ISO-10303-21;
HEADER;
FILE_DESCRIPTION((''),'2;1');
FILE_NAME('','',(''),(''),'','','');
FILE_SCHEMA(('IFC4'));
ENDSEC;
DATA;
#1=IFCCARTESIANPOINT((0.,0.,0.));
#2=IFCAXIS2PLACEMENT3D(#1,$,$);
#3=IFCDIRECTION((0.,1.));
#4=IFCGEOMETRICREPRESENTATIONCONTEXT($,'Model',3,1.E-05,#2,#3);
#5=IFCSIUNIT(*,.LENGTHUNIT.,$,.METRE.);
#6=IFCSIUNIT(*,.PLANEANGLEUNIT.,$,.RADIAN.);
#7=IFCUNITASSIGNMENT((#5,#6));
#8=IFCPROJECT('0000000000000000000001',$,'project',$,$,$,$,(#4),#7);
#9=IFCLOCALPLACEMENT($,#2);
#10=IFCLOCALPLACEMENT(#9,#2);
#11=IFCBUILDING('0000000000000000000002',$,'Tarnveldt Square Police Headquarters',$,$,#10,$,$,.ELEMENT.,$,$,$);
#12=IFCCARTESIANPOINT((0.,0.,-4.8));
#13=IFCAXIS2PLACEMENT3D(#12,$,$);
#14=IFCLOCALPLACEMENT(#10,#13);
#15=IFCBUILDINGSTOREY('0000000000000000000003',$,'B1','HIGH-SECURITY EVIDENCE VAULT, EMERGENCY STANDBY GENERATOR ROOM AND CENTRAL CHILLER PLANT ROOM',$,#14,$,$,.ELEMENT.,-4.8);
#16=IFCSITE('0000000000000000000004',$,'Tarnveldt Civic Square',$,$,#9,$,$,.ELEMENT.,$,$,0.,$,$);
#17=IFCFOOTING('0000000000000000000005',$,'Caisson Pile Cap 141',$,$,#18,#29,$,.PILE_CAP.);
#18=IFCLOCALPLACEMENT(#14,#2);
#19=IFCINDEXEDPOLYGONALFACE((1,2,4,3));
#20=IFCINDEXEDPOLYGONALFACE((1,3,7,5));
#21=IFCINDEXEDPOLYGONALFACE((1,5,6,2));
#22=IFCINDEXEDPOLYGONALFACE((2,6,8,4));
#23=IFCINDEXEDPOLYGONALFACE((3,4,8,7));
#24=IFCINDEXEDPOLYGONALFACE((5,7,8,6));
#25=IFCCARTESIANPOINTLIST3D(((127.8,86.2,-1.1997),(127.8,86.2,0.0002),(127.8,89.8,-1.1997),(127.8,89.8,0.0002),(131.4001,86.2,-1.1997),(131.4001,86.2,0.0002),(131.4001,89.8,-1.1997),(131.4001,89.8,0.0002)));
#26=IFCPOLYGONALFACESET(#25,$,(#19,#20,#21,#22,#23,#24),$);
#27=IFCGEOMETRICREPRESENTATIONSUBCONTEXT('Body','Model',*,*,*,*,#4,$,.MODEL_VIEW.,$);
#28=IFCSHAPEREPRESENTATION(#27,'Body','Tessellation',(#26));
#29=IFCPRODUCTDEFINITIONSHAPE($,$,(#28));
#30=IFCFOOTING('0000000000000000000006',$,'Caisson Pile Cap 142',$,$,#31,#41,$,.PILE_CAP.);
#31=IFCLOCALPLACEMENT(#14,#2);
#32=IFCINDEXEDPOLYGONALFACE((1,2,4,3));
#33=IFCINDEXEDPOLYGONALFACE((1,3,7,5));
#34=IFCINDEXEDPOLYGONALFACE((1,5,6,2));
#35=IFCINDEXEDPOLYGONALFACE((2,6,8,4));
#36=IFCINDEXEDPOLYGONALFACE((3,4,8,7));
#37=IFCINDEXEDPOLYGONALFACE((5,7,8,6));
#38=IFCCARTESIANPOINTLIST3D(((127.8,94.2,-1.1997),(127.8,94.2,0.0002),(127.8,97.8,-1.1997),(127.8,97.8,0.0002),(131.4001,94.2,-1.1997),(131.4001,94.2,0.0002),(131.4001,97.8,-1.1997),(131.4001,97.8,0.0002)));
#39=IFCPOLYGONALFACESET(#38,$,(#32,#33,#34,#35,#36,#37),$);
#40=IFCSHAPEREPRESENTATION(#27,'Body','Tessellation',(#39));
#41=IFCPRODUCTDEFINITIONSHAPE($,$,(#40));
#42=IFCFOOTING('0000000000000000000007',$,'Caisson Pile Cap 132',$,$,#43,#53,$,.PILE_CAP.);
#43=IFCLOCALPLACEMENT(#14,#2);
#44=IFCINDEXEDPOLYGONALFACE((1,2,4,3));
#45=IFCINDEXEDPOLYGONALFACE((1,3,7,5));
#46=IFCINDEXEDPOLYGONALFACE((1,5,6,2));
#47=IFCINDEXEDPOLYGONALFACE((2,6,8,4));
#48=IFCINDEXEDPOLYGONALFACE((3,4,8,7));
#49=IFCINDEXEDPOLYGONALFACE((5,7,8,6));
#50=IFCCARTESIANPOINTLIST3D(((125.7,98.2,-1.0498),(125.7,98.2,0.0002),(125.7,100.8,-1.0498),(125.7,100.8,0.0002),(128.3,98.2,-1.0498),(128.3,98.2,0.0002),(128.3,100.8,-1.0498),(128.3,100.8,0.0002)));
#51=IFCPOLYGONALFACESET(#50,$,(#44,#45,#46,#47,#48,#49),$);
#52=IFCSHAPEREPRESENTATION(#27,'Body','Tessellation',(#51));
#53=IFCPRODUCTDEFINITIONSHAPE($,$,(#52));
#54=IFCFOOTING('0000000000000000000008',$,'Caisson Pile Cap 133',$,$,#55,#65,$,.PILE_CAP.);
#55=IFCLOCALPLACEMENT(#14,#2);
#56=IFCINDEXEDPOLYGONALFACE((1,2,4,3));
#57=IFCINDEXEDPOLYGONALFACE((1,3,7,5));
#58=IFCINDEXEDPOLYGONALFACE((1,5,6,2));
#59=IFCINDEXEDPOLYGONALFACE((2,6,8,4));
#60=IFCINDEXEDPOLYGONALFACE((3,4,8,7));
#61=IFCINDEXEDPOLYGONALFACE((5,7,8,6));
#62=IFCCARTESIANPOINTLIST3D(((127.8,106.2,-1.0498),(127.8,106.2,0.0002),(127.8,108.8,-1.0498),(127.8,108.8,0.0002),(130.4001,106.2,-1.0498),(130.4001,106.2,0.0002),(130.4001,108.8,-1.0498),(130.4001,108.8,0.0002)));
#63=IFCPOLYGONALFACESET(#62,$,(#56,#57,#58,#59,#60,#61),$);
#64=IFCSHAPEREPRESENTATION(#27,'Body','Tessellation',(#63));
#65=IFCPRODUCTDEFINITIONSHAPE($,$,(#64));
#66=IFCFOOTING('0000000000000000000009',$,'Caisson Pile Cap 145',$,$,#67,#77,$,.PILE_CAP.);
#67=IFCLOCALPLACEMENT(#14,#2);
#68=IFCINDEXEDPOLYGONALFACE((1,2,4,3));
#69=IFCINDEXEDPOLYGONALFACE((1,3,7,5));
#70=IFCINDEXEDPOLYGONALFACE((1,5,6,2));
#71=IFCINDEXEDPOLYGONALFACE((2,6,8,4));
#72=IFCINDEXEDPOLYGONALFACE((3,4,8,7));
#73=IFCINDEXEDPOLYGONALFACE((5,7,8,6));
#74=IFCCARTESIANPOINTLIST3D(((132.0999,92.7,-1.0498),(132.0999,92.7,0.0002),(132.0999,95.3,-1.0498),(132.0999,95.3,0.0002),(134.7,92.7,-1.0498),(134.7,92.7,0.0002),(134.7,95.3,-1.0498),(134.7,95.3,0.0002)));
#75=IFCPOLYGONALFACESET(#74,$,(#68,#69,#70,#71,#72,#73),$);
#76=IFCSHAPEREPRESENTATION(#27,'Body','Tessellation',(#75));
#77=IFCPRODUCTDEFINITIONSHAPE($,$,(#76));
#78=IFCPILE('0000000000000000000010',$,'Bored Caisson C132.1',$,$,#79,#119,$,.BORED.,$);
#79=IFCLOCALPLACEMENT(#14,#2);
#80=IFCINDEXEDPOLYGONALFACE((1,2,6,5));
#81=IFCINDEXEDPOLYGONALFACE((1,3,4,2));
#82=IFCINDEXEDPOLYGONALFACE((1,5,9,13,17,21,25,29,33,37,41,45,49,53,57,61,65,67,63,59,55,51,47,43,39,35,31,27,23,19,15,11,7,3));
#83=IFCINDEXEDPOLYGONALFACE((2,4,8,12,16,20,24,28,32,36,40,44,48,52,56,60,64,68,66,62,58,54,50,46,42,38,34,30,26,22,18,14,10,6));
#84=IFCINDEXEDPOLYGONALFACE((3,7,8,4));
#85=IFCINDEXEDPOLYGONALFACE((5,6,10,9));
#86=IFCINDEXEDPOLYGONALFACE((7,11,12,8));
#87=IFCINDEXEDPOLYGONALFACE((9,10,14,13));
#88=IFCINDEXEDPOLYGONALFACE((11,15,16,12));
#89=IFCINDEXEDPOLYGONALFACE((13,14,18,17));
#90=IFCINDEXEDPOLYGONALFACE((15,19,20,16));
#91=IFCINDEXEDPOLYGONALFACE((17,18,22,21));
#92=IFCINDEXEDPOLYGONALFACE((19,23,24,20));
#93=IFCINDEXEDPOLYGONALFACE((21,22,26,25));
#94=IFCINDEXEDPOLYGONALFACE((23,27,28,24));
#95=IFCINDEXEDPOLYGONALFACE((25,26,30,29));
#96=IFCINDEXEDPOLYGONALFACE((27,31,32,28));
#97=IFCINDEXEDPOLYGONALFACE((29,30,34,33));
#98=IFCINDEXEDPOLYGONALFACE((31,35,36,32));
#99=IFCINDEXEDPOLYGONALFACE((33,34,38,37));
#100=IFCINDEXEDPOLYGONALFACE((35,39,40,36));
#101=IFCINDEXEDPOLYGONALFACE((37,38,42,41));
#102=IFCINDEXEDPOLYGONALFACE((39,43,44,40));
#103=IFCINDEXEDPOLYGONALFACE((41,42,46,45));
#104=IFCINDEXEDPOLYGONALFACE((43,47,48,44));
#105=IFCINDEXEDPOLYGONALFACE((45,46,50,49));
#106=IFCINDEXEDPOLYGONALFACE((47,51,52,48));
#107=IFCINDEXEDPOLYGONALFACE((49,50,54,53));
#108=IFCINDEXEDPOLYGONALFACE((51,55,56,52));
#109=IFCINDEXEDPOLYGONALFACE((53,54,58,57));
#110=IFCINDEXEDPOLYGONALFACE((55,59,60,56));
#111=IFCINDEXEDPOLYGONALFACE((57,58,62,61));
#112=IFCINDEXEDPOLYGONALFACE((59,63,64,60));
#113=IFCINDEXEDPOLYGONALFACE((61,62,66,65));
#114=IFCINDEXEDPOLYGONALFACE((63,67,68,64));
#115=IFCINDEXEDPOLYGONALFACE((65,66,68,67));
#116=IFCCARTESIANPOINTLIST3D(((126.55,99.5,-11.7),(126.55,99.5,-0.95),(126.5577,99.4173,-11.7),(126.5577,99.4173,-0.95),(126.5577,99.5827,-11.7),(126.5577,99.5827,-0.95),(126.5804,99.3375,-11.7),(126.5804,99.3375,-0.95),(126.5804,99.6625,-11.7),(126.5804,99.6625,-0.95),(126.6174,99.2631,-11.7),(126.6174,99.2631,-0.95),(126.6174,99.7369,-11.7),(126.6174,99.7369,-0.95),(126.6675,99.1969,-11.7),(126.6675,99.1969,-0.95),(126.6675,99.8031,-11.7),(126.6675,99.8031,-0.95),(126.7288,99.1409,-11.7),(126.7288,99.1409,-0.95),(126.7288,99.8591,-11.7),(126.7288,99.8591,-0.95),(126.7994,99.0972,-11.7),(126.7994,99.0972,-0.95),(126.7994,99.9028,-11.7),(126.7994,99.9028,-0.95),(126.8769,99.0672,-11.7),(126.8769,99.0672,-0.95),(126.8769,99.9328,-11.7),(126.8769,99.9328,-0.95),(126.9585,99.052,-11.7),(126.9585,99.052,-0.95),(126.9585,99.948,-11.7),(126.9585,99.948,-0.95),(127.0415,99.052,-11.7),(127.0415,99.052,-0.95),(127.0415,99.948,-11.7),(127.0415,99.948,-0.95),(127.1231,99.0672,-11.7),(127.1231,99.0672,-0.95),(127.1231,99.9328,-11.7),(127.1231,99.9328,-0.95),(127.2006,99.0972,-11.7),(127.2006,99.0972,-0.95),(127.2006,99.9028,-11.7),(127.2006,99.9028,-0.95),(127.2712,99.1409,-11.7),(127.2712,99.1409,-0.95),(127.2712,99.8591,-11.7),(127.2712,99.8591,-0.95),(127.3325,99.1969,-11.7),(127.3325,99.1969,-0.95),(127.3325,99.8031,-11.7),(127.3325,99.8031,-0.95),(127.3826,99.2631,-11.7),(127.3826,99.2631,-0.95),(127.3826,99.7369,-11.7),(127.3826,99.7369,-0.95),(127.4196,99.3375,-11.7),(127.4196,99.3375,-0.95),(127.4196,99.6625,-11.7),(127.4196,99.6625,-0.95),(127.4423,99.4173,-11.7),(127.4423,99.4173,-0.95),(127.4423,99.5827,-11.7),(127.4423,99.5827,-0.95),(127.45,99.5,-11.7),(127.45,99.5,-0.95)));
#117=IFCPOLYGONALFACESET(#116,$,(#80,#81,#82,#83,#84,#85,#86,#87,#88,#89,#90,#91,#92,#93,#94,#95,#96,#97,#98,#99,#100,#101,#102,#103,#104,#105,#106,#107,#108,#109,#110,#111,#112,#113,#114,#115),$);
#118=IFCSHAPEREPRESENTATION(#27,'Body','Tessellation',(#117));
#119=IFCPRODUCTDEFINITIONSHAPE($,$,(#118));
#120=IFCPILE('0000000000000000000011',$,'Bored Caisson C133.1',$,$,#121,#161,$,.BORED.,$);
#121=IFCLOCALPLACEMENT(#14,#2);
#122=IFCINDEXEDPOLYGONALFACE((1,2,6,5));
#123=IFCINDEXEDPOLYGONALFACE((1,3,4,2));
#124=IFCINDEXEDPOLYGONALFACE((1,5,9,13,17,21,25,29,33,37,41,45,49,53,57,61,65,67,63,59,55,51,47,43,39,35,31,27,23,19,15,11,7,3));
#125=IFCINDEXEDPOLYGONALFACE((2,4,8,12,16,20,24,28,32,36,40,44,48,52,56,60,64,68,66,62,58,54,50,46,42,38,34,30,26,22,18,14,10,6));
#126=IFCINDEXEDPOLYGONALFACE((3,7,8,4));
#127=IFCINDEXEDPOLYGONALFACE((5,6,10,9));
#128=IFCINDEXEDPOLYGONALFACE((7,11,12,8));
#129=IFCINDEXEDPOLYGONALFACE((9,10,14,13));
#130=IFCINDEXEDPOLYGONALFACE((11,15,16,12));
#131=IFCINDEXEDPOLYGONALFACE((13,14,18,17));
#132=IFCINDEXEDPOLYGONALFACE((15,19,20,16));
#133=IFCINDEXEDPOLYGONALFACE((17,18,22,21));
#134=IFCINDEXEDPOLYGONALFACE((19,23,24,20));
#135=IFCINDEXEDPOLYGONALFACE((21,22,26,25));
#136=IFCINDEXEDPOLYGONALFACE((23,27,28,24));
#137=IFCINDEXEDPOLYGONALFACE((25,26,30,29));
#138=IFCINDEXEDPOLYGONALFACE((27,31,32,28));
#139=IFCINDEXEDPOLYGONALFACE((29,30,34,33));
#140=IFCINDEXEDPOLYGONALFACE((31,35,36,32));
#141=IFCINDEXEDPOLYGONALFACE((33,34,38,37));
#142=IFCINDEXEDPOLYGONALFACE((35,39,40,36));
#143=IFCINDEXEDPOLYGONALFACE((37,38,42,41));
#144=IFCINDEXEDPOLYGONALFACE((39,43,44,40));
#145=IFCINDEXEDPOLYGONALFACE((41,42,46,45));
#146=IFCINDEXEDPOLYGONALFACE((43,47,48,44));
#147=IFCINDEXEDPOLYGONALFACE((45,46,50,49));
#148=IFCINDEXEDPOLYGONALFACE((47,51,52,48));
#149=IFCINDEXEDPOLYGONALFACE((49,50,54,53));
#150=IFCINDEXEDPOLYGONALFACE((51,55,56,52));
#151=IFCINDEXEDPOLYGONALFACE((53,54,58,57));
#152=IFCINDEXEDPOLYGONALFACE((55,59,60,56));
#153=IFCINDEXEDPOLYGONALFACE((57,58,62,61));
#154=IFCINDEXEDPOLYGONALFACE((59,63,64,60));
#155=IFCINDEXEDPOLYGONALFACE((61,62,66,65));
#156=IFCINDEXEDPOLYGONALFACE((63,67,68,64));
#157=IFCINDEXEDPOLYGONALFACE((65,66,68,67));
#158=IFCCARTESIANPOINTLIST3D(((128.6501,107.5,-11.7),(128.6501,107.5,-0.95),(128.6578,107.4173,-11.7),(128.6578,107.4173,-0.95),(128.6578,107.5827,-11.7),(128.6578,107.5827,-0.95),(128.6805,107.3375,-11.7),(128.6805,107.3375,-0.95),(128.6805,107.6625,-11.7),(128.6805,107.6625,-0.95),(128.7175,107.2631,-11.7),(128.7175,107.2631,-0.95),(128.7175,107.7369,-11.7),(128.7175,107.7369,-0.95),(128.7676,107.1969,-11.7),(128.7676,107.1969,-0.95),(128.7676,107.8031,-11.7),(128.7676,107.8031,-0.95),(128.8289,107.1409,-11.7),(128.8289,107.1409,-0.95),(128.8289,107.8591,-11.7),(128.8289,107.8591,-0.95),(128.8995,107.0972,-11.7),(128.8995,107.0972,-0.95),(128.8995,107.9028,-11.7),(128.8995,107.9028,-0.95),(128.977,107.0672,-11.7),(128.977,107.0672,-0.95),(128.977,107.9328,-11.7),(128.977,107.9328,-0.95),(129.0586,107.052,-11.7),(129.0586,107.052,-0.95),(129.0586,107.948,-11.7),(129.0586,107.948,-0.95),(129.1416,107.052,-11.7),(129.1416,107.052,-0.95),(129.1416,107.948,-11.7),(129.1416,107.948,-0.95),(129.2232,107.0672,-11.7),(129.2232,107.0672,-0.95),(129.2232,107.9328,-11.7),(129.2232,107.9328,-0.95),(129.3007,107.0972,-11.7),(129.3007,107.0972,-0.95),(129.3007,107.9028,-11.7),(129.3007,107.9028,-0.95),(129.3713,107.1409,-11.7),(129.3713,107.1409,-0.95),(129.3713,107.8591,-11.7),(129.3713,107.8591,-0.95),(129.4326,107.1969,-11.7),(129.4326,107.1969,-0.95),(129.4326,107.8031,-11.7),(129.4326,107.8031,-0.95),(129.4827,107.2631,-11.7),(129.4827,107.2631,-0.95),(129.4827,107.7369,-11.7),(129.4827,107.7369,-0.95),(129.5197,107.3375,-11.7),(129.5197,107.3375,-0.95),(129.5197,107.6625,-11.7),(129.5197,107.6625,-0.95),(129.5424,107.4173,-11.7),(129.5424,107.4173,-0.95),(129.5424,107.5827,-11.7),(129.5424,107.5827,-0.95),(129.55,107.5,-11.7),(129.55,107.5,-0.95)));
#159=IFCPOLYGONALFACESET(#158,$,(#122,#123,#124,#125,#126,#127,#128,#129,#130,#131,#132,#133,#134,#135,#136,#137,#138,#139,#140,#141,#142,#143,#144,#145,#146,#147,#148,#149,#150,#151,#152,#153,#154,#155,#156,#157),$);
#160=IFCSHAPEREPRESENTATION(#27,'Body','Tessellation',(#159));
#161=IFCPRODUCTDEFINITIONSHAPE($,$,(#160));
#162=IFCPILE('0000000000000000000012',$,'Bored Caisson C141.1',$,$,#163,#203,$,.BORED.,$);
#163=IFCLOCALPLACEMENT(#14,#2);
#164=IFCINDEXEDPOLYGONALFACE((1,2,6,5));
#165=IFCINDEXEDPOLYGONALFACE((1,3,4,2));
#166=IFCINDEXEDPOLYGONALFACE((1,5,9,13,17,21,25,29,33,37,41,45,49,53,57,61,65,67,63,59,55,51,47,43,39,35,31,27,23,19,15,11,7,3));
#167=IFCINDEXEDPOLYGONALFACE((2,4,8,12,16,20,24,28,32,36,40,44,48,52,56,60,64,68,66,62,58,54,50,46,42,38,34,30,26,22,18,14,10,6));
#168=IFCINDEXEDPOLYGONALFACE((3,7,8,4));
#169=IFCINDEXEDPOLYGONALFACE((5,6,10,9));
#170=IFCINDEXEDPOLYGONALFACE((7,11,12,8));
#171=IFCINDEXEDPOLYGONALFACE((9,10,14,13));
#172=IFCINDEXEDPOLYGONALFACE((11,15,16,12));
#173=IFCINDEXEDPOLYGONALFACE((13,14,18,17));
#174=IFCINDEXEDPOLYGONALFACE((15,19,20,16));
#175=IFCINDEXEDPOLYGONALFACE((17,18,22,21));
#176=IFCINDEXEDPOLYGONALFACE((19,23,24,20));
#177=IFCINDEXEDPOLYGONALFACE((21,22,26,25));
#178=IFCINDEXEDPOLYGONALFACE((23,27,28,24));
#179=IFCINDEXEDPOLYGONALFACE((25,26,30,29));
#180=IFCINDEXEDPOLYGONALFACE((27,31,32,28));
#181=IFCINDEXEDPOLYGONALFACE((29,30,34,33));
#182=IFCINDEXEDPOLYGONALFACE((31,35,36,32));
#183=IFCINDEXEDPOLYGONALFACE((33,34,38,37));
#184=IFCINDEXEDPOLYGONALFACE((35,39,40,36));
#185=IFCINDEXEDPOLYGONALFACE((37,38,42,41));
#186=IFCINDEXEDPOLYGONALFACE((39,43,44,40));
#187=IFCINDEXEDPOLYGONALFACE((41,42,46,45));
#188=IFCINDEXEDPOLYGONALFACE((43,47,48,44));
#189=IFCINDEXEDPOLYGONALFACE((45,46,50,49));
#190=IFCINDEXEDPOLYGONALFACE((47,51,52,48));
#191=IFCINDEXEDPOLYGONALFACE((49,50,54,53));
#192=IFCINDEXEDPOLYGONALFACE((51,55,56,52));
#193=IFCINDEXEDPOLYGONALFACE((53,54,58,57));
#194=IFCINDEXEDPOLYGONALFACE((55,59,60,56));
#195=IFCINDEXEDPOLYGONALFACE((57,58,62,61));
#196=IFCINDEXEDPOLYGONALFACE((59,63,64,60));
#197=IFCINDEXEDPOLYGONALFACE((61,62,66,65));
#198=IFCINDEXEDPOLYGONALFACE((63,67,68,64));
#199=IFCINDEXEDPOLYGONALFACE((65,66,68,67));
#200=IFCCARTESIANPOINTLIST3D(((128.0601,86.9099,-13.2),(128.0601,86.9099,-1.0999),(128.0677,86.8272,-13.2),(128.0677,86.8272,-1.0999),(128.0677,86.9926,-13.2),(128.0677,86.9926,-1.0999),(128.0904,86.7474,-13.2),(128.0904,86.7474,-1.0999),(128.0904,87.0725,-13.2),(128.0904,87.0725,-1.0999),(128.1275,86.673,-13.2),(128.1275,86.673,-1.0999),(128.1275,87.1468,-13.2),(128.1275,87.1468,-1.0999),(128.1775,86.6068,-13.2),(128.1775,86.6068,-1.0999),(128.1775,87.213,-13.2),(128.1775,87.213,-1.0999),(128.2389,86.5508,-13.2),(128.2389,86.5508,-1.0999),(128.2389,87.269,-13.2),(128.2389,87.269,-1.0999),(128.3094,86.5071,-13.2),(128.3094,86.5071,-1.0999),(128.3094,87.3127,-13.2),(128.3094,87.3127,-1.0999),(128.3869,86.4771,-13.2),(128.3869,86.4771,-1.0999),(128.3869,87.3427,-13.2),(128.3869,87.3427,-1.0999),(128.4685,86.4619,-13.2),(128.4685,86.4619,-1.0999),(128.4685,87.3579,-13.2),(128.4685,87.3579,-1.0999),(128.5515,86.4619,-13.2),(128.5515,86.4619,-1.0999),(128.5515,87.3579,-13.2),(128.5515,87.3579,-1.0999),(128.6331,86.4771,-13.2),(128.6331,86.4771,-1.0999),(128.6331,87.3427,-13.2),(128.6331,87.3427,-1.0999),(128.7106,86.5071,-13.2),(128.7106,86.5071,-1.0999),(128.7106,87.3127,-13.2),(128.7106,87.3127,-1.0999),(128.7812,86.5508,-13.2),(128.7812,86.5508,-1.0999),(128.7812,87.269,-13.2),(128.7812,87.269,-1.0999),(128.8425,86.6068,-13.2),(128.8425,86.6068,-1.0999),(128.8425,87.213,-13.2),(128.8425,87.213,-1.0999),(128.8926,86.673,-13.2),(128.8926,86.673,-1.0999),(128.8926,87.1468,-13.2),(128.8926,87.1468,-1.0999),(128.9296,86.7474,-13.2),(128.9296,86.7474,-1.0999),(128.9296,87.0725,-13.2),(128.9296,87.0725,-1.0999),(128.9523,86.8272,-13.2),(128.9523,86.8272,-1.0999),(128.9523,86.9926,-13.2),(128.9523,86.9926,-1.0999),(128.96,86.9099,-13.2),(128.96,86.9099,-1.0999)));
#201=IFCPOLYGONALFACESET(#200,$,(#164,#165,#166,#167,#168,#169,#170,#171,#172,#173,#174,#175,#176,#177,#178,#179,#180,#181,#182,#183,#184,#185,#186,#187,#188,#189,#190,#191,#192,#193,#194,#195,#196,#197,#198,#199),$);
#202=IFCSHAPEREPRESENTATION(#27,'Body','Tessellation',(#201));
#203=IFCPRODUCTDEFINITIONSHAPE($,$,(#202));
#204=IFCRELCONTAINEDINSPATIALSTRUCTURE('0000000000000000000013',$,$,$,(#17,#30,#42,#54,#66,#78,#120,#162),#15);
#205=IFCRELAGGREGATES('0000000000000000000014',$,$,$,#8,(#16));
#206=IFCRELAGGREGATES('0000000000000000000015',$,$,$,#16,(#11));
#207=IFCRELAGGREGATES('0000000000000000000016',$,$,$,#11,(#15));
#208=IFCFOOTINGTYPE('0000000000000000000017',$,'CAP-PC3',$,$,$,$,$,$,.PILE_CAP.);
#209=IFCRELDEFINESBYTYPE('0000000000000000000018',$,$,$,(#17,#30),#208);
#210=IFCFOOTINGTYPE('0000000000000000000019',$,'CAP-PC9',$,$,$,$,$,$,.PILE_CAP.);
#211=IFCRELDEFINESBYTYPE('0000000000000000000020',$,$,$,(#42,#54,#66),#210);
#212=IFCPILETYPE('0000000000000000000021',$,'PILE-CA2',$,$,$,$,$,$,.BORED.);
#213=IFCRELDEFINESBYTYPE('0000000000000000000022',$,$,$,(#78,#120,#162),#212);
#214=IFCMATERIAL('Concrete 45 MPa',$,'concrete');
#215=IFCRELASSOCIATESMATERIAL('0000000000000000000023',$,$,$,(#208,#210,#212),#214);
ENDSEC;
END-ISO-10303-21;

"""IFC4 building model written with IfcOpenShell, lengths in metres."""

from ifc_helpers import new_model, si_unit, direction, frame, origin, origin_2d, place, context, subcontext, project, spatial, rectangle, circle, extrude, material, material_profile, profile_set, type_object, element, save


model = new_model("IFC4")

# Units and contexts
model_context = context("Model", 3, precision=1e-05, world=origin(), true_north=direction((0.0, 1.0)))
body_context = subcontext(model_context, "Body", "Model", "MODEL_VIEW")
ifc_project = project(units=[si_unit("LENGTHUNIT", "METRE"), si_unit("PLANEANGLEUNIT", "RADIAN")], contexts=[model_context])

# Site, building, storey
site_placement = place(None, origin())
site = spatial("IfcSite", under=ifc_project, at=site_placement, Name="Tarnveldt Civic Square", CompositionType="ELEMENT", RefElevation=0.0)
building_placement = place(site_placement, origin())
building = spatial("IfcBuilding", under=site, at=building_placement, Name="Tarnveldt Square Police Headquarters", CompositionType="ELEMENT")
storey_placement = place(building_placement, frame((0.0, 0.0, -4.8)))
storey = spatial("IfcBuildingStorey", under=building, at=storey_placement, Name="B1", Description="HIGH-SECURITY EVIDENCE VAULT, EMERGENCY STANDBY GENERATOR ROOM AND CENTRAL CHILLER PLANT ROOM", CompositionType="ELEMENT", Elevation=-4.8)

# Footings
ifc_material_1 = material(Name="Concrete 45 MPa", Category="concrete")
footing_type_1 = type_object("IfcFootingType", Name="CAP-PC3", PredefinedType="PILE_CAP", material=ifc_material_1)
for number, where, z_axis, x_axis, name in (
    (1, (129.6001, 88.0, -1.1997), (0.0, 0.0, 1.0), (1.0, 0.0, 0.0), "Caisson Pile Cap 141"),
    (2, (129.6001, 96.0, -1.1997), (0.0, 0.0, 1.0), (1.0, 0.0, 0.0), "Caisson Pile Cap 142"),
):
    element("IfcFooting", number, at=place(storey_placement, frame(where, z_axis=z_axis, x_axis=x_axis)), inside=storey, type_object=footing_type_1, Name=name, PredefinedType="PILE_CAP", context=body_context, shape_type="SweptSolid", body=[
        extrude(rectangle(XDim=3.6001, YDim=3.6001, at=origin_2d()), origin(), (0.0, 0.0, 1.0), 1.2),
    ])
footing_type_2 = type_object("IfcFootingType", Name="CAP-PC9", PredefinedType="PILE_CAP", material=ifc_material_1)
for number, where, z_axis, x_axis, name in (
    (3, (127.0, 99.5, -1.0498), (0.0, 0.0, 1.0), (1.0, 0.0, 0.0), "Caisson Pile Cap 132"),
    (4, (129.1001, 107.5, -1.0498), (0.0, 0.0, 1.0), (1.0, 0.0, 0.0), "Caisson Pile Cap 133"),
    (5, (133.3999, 94.0, -1.0498), (0.0, 0.0, 1.0), (1.0, 0.0, 0.0), "Caisson Pile Cap 145"),
):
    element("IfcFooting", number, at=place(storey_placement, frame(where, z_axis=z_axis, x_axis=x_axis)), inside=storey, type_object=footing_type_2, Name=name, PredefinedType="PILE_CAP", context=body_context, shape_type="SweptSolid", body=[
        extrude(rectangle(XDim=2.6001, YDim=2.6001, at=origin_2d()), origin(), (0.0, 0.0, 1.0), 1.05),
    ])

# Piles
ifc_material_profile_1 = material_profile(ifc_material_1, circle(Radius=0.45, at=origin_2d()), Name="CAISSON-D900")
ifc_profile_set_1 = profile_set([ifc_material_profile_1], Name="Concrete 45 MPa")
pile_type = type_object("IfcPileType", Name="PILE-CA2", PredefinedType="BORED", material=ifc_profile_set_1)
for number, where, z_axis, x_axis, name in (
    (6, (127.0, 99.5, -0.95), (0.0, 0.0, -1.0), (1.0, 0.0, 0.0), "Bored Caisson C132.1"),
    (7, (129.1001, 107.5, -0.95), (0.0, 0.0, -1.0), (1.0, 0.0, 0.0), "Bored Caisson C133.1"),
):
    element("IfcPile", number, at=place(storey_placement, frame(where, z_axis=z_axis, x_axis=x_axis)), inside=storey, type_object=pile_type, Name=name, PredefinedType="BORED", context=body_context, shape_type="SweptSolid", body=[
        extrude(circle(Radius=0.45, at=origin_2d()), origin(), (0.0, 0.0, 1.0), 10.75),
    ])
for number, where, z_axis, x_axis, name in (
    (8, (128.51, 86.9099, -1.0999), (0.0, 0.0, -1.0), (1.0, 0.0, 0.0), "Bored Caisson C141.1"),
):
    element("IfcPile", number, at=place(storey_placement, frame(where, z_axis=z_axis, x_axis=x_axis)), inside=storey, type_object=pile_type, Name=name, PredefinedType="BORED", context=body_context, shape_type="SweptSolid", body=[
        extrude(circle(Radius=0.45, at=origin_2d()), origin(), (0.0, 0.0, 1.0), 12.1001),
    ])

save(model, "model.ifc")
